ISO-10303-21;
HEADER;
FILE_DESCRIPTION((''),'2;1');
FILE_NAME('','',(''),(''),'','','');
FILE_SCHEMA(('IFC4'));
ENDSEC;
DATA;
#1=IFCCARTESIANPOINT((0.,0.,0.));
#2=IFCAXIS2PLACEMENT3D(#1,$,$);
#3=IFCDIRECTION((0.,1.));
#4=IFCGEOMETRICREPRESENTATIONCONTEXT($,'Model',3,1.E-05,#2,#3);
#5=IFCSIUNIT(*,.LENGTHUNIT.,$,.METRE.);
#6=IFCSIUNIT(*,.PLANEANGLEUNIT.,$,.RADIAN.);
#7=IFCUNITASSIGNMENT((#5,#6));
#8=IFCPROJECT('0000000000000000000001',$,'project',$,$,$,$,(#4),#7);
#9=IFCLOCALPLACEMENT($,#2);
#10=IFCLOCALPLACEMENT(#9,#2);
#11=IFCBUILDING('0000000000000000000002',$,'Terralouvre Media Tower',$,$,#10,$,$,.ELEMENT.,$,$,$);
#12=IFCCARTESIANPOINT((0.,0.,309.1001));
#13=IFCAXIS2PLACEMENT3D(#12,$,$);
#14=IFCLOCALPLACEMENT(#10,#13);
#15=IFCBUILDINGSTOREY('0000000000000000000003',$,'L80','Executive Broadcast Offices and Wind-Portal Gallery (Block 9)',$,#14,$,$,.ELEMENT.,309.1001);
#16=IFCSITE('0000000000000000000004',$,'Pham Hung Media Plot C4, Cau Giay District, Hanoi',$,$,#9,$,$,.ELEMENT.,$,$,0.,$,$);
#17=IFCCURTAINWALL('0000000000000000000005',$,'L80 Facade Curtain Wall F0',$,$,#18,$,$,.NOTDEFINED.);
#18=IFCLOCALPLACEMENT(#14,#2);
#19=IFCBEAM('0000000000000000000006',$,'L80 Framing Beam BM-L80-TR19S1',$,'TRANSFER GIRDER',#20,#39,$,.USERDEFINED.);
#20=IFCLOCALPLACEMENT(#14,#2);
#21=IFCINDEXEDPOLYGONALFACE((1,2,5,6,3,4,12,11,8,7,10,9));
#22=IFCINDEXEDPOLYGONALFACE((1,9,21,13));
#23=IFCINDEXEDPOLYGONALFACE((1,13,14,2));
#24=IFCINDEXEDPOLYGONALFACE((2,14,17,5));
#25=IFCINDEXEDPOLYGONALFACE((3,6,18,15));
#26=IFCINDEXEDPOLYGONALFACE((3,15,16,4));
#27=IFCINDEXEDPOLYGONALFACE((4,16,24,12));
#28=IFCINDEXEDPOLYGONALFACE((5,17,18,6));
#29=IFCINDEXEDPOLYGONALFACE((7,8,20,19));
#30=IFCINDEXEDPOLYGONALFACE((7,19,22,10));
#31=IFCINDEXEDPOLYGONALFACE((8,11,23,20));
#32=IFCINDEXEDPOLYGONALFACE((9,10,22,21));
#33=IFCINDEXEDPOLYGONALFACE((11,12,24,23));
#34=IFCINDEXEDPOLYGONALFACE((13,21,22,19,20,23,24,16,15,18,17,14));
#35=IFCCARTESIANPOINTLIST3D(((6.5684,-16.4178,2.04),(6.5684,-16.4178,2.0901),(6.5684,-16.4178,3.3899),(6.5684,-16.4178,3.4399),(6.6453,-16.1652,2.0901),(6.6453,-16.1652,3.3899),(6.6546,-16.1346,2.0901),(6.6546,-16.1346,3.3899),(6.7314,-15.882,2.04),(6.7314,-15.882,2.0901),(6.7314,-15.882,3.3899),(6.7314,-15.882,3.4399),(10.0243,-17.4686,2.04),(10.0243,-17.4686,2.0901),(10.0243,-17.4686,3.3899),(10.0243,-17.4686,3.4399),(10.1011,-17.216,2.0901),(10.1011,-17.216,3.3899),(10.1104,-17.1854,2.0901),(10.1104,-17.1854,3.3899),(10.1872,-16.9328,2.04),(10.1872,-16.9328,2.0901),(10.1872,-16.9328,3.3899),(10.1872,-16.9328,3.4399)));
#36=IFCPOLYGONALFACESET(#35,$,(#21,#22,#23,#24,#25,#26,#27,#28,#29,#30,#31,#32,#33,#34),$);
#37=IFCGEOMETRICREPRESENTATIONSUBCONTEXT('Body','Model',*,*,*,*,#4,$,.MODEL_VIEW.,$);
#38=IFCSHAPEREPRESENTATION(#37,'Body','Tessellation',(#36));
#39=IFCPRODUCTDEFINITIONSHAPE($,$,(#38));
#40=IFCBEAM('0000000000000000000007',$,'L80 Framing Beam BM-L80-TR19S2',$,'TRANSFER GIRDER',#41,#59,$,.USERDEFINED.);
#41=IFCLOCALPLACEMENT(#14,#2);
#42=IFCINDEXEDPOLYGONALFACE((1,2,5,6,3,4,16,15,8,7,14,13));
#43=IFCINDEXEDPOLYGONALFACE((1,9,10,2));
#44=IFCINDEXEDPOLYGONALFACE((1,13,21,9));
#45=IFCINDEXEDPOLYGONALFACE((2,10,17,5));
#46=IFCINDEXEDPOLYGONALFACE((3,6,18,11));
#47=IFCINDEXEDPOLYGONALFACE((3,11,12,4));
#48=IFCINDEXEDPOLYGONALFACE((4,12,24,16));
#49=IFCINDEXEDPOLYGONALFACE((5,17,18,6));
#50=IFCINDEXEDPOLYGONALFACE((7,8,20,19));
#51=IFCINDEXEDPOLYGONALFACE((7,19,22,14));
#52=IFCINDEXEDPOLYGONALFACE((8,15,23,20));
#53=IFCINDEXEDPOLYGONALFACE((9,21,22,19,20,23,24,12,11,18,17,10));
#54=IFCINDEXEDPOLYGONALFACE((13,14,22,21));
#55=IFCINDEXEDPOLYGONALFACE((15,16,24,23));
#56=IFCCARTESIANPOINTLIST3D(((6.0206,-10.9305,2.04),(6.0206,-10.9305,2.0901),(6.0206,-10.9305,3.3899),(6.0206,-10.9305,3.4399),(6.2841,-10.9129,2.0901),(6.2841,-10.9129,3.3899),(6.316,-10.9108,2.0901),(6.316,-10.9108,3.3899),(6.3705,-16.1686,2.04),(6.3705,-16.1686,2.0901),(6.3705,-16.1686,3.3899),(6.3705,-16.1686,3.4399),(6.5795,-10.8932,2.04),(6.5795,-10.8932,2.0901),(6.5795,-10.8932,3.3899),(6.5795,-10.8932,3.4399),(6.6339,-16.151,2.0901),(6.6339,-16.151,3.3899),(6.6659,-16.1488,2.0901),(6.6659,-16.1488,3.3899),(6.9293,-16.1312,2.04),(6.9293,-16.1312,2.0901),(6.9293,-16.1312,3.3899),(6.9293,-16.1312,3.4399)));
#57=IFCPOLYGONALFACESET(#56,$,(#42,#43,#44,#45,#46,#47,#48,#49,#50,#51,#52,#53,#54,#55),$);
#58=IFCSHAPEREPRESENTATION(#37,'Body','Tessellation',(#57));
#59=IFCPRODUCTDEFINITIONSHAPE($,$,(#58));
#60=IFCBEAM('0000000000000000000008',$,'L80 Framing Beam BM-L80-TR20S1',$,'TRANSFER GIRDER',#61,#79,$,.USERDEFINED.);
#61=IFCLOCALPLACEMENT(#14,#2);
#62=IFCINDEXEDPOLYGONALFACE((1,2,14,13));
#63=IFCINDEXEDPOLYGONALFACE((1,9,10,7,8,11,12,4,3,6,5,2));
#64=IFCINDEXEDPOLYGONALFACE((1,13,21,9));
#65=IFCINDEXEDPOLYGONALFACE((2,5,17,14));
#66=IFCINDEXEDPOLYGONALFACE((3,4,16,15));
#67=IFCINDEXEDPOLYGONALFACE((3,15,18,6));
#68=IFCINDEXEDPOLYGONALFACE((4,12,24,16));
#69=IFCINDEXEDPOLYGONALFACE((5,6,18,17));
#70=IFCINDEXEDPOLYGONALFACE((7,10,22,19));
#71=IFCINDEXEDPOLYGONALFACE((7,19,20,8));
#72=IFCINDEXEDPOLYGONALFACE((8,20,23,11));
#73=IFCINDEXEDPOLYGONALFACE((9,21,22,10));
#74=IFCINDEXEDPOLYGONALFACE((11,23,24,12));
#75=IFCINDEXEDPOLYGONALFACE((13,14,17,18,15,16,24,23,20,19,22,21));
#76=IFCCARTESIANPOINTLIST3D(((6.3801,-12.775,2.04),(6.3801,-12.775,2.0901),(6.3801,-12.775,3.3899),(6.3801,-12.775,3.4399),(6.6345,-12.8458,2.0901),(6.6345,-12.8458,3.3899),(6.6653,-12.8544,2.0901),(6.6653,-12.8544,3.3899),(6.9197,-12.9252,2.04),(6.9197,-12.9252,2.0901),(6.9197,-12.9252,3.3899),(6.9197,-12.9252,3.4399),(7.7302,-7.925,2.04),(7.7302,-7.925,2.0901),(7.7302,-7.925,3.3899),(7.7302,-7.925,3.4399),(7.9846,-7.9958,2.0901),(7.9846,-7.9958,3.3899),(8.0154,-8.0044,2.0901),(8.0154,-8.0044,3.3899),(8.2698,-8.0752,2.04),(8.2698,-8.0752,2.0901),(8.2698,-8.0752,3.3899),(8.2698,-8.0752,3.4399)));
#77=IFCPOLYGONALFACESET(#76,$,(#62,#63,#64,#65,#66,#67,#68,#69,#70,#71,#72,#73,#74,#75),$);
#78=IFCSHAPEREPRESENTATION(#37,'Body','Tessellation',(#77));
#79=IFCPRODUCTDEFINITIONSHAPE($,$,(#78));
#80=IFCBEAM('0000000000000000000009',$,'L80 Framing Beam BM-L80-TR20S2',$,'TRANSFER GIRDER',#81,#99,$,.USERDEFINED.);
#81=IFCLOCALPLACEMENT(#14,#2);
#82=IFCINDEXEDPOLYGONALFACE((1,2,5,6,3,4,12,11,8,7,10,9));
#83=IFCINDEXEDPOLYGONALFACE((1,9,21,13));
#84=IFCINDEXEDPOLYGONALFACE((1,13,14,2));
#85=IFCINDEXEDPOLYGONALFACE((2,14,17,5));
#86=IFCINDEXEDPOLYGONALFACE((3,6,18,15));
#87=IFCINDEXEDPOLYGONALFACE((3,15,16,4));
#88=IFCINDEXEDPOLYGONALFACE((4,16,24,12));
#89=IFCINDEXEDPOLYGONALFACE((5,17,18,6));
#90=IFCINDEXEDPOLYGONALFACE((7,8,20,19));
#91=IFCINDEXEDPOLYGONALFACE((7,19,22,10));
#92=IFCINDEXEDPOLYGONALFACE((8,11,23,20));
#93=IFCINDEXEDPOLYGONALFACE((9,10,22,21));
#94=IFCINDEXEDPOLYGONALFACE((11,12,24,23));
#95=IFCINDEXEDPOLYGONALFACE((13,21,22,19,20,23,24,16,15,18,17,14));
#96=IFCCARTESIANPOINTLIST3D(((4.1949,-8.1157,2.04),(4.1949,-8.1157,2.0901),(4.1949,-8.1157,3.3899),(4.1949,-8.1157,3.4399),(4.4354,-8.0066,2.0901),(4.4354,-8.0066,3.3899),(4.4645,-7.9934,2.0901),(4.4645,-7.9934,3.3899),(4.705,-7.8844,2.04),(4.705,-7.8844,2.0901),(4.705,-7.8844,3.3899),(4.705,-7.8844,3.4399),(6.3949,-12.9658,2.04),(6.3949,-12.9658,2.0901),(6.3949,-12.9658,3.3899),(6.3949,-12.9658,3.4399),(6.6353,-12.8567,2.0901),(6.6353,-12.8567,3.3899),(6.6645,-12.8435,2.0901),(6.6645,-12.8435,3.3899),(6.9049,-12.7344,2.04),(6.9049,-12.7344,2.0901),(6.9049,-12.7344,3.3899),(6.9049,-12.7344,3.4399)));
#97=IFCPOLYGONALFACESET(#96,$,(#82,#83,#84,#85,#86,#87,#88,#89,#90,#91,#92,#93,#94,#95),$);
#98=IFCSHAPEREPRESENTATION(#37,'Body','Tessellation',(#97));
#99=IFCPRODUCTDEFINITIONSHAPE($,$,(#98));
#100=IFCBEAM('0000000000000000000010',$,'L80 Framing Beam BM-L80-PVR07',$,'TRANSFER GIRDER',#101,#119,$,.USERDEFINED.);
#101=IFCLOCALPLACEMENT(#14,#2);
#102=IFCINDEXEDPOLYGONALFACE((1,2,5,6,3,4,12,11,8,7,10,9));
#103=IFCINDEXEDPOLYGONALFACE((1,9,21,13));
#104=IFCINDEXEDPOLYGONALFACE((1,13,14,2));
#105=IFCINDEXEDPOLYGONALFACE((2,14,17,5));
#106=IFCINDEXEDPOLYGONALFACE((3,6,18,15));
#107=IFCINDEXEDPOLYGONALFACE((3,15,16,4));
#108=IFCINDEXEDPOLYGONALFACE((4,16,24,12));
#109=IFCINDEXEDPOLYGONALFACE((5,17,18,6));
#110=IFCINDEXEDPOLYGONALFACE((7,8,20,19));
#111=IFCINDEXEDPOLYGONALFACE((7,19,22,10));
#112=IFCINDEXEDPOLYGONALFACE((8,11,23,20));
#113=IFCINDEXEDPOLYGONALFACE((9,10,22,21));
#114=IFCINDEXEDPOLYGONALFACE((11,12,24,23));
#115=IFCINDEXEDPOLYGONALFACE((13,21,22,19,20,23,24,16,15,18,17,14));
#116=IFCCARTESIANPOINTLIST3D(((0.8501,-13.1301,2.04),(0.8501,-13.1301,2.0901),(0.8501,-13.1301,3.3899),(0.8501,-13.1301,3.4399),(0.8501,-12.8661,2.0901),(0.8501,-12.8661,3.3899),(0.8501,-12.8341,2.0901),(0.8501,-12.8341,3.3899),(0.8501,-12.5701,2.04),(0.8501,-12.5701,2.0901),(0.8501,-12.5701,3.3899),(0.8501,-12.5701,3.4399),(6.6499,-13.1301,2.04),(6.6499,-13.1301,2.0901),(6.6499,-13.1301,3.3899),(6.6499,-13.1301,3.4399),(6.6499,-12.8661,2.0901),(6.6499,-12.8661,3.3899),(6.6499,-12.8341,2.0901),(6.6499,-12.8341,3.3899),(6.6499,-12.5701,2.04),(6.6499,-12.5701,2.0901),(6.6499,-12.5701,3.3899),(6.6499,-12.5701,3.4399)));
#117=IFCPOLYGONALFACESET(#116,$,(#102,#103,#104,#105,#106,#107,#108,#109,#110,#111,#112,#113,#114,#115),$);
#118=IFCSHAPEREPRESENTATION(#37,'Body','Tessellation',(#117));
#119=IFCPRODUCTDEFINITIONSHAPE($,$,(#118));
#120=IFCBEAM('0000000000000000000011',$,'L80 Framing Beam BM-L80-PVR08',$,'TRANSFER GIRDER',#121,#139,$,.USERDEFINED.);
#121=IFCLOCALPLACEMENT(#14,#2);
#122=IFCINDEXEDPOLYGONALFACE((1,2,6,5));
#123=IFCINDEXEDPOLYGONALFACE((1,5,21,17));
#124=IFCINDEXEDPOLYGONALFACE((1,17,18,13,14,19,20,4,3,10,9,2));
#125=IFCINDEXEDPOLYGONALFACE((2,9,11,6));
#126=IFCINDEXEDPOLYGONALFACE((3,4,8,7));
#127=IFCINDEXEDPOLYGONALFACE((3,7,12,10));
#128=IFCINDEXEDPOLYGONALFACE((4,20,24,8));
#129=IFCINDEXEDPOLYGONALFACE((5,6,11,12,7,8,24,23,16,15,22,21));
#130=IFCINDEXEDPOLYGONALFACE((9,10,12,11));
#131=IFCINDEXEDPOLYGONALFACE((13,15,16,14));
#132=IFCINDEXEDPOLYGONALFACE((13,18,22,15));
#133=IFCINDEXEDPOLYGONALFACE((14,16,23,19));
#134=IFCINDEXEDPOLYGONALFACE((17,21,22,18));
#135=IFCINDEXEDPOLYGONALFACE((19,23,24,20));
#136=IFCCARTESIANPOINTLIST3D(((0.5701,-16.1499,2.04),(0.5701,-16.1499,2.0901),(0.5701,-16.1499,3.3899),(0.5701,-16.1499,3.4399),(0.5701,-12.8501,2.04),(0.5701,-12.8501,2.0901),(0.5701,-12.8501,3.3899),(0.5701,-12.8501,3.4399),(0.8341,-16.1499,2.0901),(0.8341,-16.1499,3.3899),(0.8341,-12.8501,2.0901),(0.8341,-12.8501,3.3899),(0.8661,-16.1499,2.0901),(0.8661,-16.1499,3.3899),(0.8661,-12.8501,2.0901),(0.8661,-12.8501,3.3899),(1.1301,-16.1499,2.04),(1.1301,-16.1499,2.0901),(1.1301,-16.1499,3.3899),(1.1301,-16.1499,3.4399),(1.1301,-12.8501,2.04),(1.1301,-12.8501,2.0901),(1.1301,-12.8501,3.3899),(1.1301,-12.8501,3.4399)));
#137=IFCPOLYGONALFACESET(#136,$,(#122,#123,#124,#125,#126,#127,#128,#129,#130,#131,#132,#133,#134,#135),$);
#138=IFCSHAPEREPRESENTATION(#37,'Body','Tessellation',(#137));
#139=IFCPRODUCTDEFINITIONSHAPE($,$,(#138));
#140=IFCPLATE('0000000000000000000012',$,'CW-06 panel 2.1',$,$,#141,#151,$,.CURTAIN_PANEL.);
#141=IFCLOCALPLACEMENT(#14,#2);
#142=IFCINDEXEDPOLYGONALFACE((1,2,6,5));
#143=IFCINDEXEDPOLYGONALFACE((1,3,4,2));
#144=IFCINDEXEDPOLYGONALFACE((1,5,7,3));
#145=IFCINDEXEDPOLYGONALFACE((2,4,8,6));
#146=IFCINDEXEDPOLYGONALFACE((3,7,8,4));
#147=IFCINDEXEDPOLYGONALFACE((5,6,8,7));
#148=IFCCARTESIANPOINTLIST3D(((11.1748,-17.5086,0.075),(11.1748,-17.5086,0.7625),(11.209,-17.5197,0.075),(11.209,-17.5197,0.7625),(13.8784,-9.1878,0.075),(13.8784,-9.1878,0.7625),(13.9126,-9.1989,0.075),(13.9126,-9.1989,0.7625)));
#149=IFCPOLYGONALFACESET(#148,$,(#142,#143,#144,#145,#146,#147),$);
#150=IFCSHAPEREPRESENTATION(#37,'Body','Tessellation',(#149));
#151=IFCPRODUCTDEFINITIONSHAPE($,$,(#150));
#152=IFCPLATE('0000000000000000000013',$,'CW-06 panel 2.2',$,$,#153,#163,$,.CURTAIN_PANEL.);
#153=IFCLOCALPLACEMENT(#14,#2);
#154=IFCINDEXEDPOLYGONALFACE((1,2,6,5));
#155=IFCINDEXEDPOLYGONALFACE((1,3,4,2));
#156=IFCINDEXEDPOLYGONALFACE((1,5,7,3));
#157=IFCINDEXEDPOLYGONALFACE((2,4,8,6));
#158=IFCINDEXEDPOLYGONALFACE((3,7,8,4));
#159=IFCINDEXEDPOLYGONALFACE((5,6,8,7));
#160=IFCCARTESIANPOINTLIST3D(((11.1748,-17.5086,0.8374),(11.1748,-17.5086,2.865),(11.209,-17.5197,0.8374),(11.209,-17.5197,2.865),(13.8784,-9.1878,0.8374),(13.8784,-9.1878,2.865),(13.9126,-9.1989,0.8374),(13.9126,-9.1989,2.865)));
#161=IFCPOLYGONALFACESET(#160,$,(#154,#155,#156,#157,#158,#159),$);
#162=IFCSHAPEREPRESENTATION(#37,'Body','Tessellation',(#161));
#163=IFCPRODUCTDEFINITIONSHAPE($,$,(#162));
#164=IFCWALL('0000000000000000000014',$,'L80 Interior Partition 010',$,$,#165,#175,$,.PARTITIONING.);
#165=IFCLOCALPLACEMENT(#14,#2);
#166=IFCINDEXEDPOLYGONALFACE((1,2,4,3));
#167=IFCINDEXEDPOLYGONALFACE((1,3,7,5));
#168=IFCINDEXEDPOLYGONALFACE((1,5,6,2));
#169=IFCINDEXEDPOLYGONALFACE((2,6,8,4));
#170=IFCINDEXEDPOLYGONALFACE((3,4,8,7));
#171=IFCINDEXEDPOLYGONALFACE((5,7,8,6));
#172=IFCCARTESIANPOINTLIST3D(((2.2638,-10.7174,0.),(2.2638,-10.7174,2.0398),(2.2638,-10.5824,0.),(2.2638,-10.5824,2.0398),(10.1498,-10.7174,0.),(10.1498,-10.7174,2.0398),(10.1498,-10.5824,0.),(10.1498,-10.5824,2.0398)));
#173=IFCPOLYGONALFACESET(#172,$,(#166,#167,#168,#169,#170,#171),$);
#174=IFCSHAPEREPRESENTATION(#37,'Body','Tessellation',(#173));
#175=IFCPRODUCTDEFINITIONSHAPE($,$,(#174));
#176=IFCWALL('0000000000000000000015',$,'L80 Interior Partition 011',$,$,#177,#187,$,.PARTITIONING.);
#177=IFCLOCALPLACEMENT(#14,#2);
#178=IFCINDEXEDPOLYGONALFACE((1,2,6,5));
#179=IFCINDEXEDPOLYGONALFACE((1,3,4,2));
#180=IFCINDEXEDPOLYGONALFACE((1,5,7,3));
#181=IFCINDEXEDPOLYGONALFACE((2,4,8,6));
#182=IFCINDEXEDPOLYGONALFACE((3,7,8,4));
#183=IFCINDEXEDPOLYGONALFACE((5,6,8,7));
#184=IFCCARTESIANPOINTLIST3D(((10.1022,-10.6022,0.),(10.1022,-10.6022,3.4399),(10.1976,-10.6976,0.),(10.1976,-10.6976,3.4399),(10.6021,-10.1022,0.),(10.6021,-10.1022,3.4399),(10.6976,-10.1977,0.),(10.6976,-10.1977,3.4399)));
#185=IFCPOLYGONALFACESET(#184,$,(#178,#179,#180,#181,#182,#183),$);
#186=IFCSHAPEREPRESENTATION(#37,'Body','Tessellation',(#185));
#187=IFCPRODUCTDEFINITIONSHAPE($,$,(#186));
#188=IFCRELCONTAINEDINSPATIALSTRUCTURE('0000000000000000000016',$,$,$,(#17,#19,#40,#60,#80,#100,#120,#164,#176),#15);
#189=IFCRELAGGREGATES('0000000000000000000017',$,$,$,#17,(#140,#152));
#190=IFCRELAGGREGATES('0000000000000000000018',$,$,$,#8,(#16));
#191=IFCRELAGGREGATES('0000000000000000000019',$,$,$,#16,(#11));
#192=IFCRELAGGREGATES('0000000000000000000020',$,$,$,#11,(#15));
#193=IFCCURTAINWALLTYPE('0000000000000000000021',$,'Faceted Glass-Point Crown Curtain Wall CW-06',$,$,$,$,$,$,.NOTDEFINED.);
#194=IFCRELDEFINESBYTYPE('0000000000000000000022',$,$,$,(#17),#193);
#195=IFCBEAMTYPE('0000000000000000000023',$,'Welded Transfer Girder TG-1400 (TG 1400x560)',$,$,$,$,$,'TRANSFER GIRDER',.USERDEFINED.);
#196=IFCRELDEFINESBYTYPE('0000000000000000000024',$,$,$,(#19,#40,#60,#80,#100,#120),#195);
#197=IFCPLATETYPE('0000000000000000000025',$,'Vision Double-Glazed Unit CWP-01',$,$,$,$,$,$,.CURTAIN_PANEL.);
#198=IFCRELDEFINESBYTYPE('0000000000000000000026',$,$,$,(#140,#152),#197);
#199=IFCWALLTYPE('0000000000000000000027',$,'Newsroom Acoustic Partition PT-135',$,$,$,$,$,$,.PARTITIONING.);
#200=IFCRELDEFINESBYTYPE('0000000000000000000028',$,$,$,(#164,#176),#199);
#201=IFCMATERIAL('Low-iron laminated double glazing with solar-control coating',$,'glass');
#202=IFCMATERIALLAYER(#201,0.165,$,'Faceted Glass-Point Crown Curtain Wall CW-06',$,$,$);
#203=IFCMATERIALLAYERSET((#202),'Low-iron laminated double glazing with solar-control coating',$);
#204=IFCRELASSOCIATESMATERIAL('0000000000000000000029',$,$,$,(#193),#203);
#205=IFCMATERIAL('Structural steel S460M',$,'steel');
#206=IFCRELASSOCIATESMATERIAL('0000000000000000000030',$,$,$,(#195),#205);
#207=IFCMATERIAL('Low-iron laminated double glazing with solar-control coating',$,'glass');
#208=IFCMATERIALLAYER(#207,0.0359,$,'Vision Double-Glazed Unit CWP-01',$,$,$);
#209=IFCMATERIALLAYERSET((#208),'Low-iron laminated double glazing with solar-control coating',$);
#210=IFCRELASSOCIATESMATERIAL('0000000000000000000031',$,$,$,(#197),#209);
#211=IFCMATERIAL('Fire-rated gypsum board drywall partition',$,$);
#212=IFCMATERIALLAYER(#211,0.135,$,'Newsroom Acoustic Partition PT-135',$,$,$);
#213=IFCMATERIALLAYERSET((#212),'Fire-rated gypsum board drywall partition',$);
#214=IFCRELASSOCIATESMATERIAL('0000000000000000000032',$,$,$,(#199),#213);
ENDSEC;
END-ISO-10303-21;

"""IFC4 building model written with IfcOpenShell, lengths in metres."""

from ifc_helpers import new_model, si_unit, direction, frame, frame_2d, origin, origin_2d, place, context, subcontext, project, spatial, rectangle, i_section, extrude, material, layer, layer_set, material_profile, profile_set, type_object, element, aggregate, save


model = new_model("IFC4")

# Units and contexts
model_context = context("Model", 3, precision=1e-05, world=origin(), true_north=direction((0.0, 1.0)))
body_context = subcontext(model_context, "Body", "Model", "MODEL_VIEW")
ifc_project = project(units=[si_unit("LENGTHUNIT", "METRE"), si_unit("PLANEANGLEUNIT", "RADIAN")], contexts=[model_context])

# Site, building, storey
site_placement = place(None, origin())
site = spatial("IfcSite", under=ifc_project, at=site_placement, Name="Pham Hung Media Plot C4, Cau Giay District, Hanoi", CompositionType="ELEMENT", RefElevation=0.0)
building_placement = place(site_placement, origin())
building = spatial("IfcBuilding", under=site, at=building_placement, Name="Terralouvre Media Tower", CompositionType="ELEMENT")
storey_placement = place(building_placement, frame((0.0, 0.0, 309.1001)))
storey = spatial("IfcBuildingStorey", under=building, at=storey_placement, Name="L80", Description="Executive Broadcast Offices and Wind-Portal Gallery (Block 9)", CompositionType="ELEMENT", Elevation=309.1001)

# Curtain wall
ifc_material_1 = material(Name="Low-iron laminated double glazing with solar-control coating", Category="glass")
ifc_layer_1 = layer(ifc_material_1, 0.165, Name="Faceted Glass-Point Crown Curtain Wall CW-06")
ifc_layer_set_1 = layer_set([ifc_layer_1], Name="Low-iron laminated double glazing with solar-control coating")
curtain_wall_type = type_object("IfcCurtainWallType", Name="Faceted Glass-Point Crown Curtain Wall CW-06", PredefinedType="NOTDEFINED", material=ifc_layer_set_1)
curtain_wall_placement = place(storey_placement, origin())
curtain_wall = element("IfcCurtainWall", 1, at=curtain_wall_placement, inside=storey, type_object=curtain_wall_type, Name="L80 Facade Curtain Wall F0", PredefinedType="NOTDEFINED")

# Beams
ifc_material_2 = material(Name="Structural steel S460M", Category="steel")
ifc_material_profile_1 = material_profile(ifc_material_2, i_section(OverallWidth=0.5601, OverallDepth=1.3999, WebThickness=0.032, FlangeThickness=0.05, at=origin_2d()), Name="TG 1400x560")
ifc_profile_set_1 = profile_set([ifc_material_profile_1], Name="Structural steel S460M")
beam_type_1 = type_object("IfcBeamType", Name="Welded Transfer Girder TG-1400 (TG 1400x560)", ElementType="TRANSFER GIRDER", PredefinedType="USERDEFINED", material=ifc_profile_set_1)
beam_1_placement = place(storey_placement, frame((6.6499, -16.1499, 2.74), z_axis=(0.95675, -0.290911, 0.0), x_axis=(0.290911, 0.95675, 0.0)))
element("IfcBeam", 2, at=beam_1_placement, inside=storey, type_object=beam_type_1, Name="L80 Framing Beam BM-L80-TR19S1", ObjectType="TRANSFER GIRDER", PredefinedType="USERDEFINED", context=body_context, shape_type="SweptSolid", body=[
    extrude(i_section(OverallWidth=0.5601, OverallDepth=1.3999, WebThickness=0.032, FlangeThickness=0.05, at=origin_2d()), origin(), (0.0, 0.0, 1.0), 3.6121),
])
beam_2_placement = place(storey_placement, frame((6.6499, -16.1499, 2.74), z_axis=(-0.066642, 0.997777, 0.0), x_axis=(-0.997777, -0.066642, 0.0)))
element("IfcBeam", 3, at=beam_2_placement, inside=storey, type_object=beam_type_1, Name="L80 Framing Beam BM-L80-TR19S2", ObjectType="TRANSFER GIRDER", PredefinedType="USERDEFINED", context=body_context, shape_type="SweptSolid", body=[
    extrude(i_section(OverallWidth=0.5601, OverallDepth=1.3999, WebThickness=0.032, FlangeThickness=0.05, at=origin_2d()), origin(), (0.0, 0.0, 1.0), 5.2498),
])
beam_3_placement = place(storey_placement, frame((6.6499, -12.8501, 2.74), z_axis=(0.268169, 0.963372, 0.0), x_axis=(-0.963372, 0.268169, 0.0)))
element("IfcBeam", 4, at=beam_3_placement, inside=storey, type_object=beam_type_1, Name="L80 Framing Beam BM-L80-TR20S1", ObjectType="TRANSFER GIRDER", PredefinedType="USERDEFINED", context=body_context, shape_type="SweptSolid", body=[
    extrude(i_section(OverallWidth=0.5601, OverallDepth=1.3999, WebThickness=0.032, FlangeThickness=0.05, at=origin_2d()), origin(), (0.0, 0.0, 1.0), 5.0344),
])
beam_4_placement = place(storey_placement, frame((6.6499, -12.8501, 2.74), z_axis=(-0.413081, 0.910694, 0.0), x_axis=(-0.910694, -0.413081, 0.0)))
element("IfcBeam", 5, at=beam_4_placement, inside=storey, type_object=beam_type_1, Name="L80 Framing Beam BM-L80-TR20S2", ObjectType="TRANSFER GIRDER", PredefinedType="USERDEFINED", context=body_context, shape_type="SweptSolid", body=[
    extrude(i_section(OverallWidth=0.5601, OverallDepth=1.3999, WebThickness=0.032, FlangeThickness=0.05, at=origin_2d()), origin(), (0.0, 0.0, 1.0), 5.3257),
])
beam_5_placement = place(storey_placement, frame((6.6499, -12.8501, 2.74), z_axis=(-1.0, 0.0, 0.0), x_axis=(0.0, -1.0, 0.0)))
element("IfcBeam", 6, at=beam_5_placement, inside=storey, type_object=beam_type_1, Name="L80 Framing Beam BM-L80-PVR07", ObjectType="TRANSFER GIRDER", PredefinedType="USERDEFINED", context=body_context, shape_type="SweptSolid", body=[
    extrude(i_section(OverallWidth=0.5601, OverallDepth=1.3999, WebThickness=0.032, FlangeThickness=0.05, at=origin_2d()), origin(), (0.0, 0.0, 1.0), 5.7998),
])
beam_6_placement = place(storey_placement, frame((0.8501, -12.8501, 2.74), z_axis=(0.0, -1.0, 0.0), x_axis=(1.0, 0.0, 0.0)))
element("IfcBeam", 7, at=beam_6_placement, inside=storey, type_object=beam_type_1, Name="L80 Framing Beam BM-L80-PVR08", ObjectType="TRANSFER GIRDER", PredefinedType="USERDEFINED", context=body_context, shape_type="SweptSolid", body=[
    extrude(i_section(OverallWidth=0.5601, OverallDepth=1.3999, WebThickness=0.032, FlangeThickness=0.05, at=origin_2d()), origin(), (0.0, 0.0, 1.0), 3.2998),
])

# Plates
ifc_material_3 = material(Name="Low-iron laminated double glazing with solar-control coating", Category="glass")
ifc_layer_2 = layer(ifc_material_3, 0.0359, Name="Vision Double-Glazed Unit CWP-01")
ifc_layer_set_2 = layer_set([ifc_layer_2], Name="Low-iron laminated double glazing with solar-control coating")
plate_type = type_object("IfcPlateType", Name="Vision Double-Glazed Unit CWP-01", PredefinedType="CURTAIN_PANEL", material=ifc_layer_set_2)
plate_1_placement = place(storey_placement, frame((12.5437, -13.3538, 0.075), z_axis=(0.0, 0.0, 1.0), x_axis=(0.309017, 0.951057, 0.0)))
plate_1 = element("IfcPlate", 8, at=plate_1_placement, type_object=plate_type, Name="CW-06 panel 2.1", PredefinedType="CURTAIN_PANEL", context=body_context, shape_type="SweptSolid", body=[
    extrude(rectangle(XDim=8.749, YDim=0.0359, at=origin_2d()), origin(), (0.0, 0.0, 1.0), 0.6875),
])
plate_2_placement = place(storey_placement, frame((12.5437, -13.3538, 0.8374), z_axis=(0.0, 0.0, 1.0), x_axis=(0.309017, 0.951057, 0.0)))
plate_2 = element("IfcPlate", 9, at=plate_2_placement, type_object=plate_type, Name="CW-06 panel 2.2", PredefinedType="CURTAIN_PANEL", context=body_context, shape_type="SweptSolid", body=[
    extrude(rectangle(XDim=8.749, YDim=0.0359, at=origin_2d()), origin(), (0.0, 0.0, 1.0), 2.0276),
])
aggregate(curtain_wall, [plate_1, plate_2])

# Walls
ifc_material_4 = material(Name="Fire-rated gypsum board drywall partition")
ifc_layer_3 = layer(ifc_material_4, 0.135, Name="Newsroom Acoustic Partition PT-135")
ifc_layer_set_3 = layer_set([ifc_layer_3], Name="Fire-rated gypsum board drywall partition")
wall_type = type_object("IfcWallType", Name="Newsroom Acoustic Partition PT-135", PredefinedType="PARTITIONING", material=ifc_layer_set_3)
wall_1_placement = place(storey_placement, frame((2.2639, -10.6499, 0.0), z_axis=(0.0, 0.0, 1.0), x_axis=(1.0, 0.0, 0.0)))
element("IfcWall", 10, at=wall_1_placement, inside=storey, type_object=wall_type, Name="L80 Interior Partition 010", PredefinedType="PARTITIONING", context=body_context, shape_type="SweptSolid", body=[
    extrude(rectangle(XDim=7.886, YDim=0.135, at=frame_2d((3.9429, 0.0))), origin(), (0.0, 0.0, 1.0), 2.0398),
])
wall_2_placement = place(storey_placement, frame((10.1499, -10.6499, 0.0), z_axis=(0.0, 0.0, 1.0), x_axis=(0.707107, 0.707107, 0.0)))
element("IfcWall", 11, at=wall_2_placement, inside=storey, type_object=wall_type, Name="L80 Interior Partition 011", PredefinedType="PARTITIONING", context=body_context, shape_type="SweptSolid", body=[
    extrude(rectangle(XDim=0.707, YDim=0.135, at=frame_2d((0.3535, 0.0))), origin(), (0.0, 0.0, 1.0), 3.4399),
])

save(model, "model.ifc")
